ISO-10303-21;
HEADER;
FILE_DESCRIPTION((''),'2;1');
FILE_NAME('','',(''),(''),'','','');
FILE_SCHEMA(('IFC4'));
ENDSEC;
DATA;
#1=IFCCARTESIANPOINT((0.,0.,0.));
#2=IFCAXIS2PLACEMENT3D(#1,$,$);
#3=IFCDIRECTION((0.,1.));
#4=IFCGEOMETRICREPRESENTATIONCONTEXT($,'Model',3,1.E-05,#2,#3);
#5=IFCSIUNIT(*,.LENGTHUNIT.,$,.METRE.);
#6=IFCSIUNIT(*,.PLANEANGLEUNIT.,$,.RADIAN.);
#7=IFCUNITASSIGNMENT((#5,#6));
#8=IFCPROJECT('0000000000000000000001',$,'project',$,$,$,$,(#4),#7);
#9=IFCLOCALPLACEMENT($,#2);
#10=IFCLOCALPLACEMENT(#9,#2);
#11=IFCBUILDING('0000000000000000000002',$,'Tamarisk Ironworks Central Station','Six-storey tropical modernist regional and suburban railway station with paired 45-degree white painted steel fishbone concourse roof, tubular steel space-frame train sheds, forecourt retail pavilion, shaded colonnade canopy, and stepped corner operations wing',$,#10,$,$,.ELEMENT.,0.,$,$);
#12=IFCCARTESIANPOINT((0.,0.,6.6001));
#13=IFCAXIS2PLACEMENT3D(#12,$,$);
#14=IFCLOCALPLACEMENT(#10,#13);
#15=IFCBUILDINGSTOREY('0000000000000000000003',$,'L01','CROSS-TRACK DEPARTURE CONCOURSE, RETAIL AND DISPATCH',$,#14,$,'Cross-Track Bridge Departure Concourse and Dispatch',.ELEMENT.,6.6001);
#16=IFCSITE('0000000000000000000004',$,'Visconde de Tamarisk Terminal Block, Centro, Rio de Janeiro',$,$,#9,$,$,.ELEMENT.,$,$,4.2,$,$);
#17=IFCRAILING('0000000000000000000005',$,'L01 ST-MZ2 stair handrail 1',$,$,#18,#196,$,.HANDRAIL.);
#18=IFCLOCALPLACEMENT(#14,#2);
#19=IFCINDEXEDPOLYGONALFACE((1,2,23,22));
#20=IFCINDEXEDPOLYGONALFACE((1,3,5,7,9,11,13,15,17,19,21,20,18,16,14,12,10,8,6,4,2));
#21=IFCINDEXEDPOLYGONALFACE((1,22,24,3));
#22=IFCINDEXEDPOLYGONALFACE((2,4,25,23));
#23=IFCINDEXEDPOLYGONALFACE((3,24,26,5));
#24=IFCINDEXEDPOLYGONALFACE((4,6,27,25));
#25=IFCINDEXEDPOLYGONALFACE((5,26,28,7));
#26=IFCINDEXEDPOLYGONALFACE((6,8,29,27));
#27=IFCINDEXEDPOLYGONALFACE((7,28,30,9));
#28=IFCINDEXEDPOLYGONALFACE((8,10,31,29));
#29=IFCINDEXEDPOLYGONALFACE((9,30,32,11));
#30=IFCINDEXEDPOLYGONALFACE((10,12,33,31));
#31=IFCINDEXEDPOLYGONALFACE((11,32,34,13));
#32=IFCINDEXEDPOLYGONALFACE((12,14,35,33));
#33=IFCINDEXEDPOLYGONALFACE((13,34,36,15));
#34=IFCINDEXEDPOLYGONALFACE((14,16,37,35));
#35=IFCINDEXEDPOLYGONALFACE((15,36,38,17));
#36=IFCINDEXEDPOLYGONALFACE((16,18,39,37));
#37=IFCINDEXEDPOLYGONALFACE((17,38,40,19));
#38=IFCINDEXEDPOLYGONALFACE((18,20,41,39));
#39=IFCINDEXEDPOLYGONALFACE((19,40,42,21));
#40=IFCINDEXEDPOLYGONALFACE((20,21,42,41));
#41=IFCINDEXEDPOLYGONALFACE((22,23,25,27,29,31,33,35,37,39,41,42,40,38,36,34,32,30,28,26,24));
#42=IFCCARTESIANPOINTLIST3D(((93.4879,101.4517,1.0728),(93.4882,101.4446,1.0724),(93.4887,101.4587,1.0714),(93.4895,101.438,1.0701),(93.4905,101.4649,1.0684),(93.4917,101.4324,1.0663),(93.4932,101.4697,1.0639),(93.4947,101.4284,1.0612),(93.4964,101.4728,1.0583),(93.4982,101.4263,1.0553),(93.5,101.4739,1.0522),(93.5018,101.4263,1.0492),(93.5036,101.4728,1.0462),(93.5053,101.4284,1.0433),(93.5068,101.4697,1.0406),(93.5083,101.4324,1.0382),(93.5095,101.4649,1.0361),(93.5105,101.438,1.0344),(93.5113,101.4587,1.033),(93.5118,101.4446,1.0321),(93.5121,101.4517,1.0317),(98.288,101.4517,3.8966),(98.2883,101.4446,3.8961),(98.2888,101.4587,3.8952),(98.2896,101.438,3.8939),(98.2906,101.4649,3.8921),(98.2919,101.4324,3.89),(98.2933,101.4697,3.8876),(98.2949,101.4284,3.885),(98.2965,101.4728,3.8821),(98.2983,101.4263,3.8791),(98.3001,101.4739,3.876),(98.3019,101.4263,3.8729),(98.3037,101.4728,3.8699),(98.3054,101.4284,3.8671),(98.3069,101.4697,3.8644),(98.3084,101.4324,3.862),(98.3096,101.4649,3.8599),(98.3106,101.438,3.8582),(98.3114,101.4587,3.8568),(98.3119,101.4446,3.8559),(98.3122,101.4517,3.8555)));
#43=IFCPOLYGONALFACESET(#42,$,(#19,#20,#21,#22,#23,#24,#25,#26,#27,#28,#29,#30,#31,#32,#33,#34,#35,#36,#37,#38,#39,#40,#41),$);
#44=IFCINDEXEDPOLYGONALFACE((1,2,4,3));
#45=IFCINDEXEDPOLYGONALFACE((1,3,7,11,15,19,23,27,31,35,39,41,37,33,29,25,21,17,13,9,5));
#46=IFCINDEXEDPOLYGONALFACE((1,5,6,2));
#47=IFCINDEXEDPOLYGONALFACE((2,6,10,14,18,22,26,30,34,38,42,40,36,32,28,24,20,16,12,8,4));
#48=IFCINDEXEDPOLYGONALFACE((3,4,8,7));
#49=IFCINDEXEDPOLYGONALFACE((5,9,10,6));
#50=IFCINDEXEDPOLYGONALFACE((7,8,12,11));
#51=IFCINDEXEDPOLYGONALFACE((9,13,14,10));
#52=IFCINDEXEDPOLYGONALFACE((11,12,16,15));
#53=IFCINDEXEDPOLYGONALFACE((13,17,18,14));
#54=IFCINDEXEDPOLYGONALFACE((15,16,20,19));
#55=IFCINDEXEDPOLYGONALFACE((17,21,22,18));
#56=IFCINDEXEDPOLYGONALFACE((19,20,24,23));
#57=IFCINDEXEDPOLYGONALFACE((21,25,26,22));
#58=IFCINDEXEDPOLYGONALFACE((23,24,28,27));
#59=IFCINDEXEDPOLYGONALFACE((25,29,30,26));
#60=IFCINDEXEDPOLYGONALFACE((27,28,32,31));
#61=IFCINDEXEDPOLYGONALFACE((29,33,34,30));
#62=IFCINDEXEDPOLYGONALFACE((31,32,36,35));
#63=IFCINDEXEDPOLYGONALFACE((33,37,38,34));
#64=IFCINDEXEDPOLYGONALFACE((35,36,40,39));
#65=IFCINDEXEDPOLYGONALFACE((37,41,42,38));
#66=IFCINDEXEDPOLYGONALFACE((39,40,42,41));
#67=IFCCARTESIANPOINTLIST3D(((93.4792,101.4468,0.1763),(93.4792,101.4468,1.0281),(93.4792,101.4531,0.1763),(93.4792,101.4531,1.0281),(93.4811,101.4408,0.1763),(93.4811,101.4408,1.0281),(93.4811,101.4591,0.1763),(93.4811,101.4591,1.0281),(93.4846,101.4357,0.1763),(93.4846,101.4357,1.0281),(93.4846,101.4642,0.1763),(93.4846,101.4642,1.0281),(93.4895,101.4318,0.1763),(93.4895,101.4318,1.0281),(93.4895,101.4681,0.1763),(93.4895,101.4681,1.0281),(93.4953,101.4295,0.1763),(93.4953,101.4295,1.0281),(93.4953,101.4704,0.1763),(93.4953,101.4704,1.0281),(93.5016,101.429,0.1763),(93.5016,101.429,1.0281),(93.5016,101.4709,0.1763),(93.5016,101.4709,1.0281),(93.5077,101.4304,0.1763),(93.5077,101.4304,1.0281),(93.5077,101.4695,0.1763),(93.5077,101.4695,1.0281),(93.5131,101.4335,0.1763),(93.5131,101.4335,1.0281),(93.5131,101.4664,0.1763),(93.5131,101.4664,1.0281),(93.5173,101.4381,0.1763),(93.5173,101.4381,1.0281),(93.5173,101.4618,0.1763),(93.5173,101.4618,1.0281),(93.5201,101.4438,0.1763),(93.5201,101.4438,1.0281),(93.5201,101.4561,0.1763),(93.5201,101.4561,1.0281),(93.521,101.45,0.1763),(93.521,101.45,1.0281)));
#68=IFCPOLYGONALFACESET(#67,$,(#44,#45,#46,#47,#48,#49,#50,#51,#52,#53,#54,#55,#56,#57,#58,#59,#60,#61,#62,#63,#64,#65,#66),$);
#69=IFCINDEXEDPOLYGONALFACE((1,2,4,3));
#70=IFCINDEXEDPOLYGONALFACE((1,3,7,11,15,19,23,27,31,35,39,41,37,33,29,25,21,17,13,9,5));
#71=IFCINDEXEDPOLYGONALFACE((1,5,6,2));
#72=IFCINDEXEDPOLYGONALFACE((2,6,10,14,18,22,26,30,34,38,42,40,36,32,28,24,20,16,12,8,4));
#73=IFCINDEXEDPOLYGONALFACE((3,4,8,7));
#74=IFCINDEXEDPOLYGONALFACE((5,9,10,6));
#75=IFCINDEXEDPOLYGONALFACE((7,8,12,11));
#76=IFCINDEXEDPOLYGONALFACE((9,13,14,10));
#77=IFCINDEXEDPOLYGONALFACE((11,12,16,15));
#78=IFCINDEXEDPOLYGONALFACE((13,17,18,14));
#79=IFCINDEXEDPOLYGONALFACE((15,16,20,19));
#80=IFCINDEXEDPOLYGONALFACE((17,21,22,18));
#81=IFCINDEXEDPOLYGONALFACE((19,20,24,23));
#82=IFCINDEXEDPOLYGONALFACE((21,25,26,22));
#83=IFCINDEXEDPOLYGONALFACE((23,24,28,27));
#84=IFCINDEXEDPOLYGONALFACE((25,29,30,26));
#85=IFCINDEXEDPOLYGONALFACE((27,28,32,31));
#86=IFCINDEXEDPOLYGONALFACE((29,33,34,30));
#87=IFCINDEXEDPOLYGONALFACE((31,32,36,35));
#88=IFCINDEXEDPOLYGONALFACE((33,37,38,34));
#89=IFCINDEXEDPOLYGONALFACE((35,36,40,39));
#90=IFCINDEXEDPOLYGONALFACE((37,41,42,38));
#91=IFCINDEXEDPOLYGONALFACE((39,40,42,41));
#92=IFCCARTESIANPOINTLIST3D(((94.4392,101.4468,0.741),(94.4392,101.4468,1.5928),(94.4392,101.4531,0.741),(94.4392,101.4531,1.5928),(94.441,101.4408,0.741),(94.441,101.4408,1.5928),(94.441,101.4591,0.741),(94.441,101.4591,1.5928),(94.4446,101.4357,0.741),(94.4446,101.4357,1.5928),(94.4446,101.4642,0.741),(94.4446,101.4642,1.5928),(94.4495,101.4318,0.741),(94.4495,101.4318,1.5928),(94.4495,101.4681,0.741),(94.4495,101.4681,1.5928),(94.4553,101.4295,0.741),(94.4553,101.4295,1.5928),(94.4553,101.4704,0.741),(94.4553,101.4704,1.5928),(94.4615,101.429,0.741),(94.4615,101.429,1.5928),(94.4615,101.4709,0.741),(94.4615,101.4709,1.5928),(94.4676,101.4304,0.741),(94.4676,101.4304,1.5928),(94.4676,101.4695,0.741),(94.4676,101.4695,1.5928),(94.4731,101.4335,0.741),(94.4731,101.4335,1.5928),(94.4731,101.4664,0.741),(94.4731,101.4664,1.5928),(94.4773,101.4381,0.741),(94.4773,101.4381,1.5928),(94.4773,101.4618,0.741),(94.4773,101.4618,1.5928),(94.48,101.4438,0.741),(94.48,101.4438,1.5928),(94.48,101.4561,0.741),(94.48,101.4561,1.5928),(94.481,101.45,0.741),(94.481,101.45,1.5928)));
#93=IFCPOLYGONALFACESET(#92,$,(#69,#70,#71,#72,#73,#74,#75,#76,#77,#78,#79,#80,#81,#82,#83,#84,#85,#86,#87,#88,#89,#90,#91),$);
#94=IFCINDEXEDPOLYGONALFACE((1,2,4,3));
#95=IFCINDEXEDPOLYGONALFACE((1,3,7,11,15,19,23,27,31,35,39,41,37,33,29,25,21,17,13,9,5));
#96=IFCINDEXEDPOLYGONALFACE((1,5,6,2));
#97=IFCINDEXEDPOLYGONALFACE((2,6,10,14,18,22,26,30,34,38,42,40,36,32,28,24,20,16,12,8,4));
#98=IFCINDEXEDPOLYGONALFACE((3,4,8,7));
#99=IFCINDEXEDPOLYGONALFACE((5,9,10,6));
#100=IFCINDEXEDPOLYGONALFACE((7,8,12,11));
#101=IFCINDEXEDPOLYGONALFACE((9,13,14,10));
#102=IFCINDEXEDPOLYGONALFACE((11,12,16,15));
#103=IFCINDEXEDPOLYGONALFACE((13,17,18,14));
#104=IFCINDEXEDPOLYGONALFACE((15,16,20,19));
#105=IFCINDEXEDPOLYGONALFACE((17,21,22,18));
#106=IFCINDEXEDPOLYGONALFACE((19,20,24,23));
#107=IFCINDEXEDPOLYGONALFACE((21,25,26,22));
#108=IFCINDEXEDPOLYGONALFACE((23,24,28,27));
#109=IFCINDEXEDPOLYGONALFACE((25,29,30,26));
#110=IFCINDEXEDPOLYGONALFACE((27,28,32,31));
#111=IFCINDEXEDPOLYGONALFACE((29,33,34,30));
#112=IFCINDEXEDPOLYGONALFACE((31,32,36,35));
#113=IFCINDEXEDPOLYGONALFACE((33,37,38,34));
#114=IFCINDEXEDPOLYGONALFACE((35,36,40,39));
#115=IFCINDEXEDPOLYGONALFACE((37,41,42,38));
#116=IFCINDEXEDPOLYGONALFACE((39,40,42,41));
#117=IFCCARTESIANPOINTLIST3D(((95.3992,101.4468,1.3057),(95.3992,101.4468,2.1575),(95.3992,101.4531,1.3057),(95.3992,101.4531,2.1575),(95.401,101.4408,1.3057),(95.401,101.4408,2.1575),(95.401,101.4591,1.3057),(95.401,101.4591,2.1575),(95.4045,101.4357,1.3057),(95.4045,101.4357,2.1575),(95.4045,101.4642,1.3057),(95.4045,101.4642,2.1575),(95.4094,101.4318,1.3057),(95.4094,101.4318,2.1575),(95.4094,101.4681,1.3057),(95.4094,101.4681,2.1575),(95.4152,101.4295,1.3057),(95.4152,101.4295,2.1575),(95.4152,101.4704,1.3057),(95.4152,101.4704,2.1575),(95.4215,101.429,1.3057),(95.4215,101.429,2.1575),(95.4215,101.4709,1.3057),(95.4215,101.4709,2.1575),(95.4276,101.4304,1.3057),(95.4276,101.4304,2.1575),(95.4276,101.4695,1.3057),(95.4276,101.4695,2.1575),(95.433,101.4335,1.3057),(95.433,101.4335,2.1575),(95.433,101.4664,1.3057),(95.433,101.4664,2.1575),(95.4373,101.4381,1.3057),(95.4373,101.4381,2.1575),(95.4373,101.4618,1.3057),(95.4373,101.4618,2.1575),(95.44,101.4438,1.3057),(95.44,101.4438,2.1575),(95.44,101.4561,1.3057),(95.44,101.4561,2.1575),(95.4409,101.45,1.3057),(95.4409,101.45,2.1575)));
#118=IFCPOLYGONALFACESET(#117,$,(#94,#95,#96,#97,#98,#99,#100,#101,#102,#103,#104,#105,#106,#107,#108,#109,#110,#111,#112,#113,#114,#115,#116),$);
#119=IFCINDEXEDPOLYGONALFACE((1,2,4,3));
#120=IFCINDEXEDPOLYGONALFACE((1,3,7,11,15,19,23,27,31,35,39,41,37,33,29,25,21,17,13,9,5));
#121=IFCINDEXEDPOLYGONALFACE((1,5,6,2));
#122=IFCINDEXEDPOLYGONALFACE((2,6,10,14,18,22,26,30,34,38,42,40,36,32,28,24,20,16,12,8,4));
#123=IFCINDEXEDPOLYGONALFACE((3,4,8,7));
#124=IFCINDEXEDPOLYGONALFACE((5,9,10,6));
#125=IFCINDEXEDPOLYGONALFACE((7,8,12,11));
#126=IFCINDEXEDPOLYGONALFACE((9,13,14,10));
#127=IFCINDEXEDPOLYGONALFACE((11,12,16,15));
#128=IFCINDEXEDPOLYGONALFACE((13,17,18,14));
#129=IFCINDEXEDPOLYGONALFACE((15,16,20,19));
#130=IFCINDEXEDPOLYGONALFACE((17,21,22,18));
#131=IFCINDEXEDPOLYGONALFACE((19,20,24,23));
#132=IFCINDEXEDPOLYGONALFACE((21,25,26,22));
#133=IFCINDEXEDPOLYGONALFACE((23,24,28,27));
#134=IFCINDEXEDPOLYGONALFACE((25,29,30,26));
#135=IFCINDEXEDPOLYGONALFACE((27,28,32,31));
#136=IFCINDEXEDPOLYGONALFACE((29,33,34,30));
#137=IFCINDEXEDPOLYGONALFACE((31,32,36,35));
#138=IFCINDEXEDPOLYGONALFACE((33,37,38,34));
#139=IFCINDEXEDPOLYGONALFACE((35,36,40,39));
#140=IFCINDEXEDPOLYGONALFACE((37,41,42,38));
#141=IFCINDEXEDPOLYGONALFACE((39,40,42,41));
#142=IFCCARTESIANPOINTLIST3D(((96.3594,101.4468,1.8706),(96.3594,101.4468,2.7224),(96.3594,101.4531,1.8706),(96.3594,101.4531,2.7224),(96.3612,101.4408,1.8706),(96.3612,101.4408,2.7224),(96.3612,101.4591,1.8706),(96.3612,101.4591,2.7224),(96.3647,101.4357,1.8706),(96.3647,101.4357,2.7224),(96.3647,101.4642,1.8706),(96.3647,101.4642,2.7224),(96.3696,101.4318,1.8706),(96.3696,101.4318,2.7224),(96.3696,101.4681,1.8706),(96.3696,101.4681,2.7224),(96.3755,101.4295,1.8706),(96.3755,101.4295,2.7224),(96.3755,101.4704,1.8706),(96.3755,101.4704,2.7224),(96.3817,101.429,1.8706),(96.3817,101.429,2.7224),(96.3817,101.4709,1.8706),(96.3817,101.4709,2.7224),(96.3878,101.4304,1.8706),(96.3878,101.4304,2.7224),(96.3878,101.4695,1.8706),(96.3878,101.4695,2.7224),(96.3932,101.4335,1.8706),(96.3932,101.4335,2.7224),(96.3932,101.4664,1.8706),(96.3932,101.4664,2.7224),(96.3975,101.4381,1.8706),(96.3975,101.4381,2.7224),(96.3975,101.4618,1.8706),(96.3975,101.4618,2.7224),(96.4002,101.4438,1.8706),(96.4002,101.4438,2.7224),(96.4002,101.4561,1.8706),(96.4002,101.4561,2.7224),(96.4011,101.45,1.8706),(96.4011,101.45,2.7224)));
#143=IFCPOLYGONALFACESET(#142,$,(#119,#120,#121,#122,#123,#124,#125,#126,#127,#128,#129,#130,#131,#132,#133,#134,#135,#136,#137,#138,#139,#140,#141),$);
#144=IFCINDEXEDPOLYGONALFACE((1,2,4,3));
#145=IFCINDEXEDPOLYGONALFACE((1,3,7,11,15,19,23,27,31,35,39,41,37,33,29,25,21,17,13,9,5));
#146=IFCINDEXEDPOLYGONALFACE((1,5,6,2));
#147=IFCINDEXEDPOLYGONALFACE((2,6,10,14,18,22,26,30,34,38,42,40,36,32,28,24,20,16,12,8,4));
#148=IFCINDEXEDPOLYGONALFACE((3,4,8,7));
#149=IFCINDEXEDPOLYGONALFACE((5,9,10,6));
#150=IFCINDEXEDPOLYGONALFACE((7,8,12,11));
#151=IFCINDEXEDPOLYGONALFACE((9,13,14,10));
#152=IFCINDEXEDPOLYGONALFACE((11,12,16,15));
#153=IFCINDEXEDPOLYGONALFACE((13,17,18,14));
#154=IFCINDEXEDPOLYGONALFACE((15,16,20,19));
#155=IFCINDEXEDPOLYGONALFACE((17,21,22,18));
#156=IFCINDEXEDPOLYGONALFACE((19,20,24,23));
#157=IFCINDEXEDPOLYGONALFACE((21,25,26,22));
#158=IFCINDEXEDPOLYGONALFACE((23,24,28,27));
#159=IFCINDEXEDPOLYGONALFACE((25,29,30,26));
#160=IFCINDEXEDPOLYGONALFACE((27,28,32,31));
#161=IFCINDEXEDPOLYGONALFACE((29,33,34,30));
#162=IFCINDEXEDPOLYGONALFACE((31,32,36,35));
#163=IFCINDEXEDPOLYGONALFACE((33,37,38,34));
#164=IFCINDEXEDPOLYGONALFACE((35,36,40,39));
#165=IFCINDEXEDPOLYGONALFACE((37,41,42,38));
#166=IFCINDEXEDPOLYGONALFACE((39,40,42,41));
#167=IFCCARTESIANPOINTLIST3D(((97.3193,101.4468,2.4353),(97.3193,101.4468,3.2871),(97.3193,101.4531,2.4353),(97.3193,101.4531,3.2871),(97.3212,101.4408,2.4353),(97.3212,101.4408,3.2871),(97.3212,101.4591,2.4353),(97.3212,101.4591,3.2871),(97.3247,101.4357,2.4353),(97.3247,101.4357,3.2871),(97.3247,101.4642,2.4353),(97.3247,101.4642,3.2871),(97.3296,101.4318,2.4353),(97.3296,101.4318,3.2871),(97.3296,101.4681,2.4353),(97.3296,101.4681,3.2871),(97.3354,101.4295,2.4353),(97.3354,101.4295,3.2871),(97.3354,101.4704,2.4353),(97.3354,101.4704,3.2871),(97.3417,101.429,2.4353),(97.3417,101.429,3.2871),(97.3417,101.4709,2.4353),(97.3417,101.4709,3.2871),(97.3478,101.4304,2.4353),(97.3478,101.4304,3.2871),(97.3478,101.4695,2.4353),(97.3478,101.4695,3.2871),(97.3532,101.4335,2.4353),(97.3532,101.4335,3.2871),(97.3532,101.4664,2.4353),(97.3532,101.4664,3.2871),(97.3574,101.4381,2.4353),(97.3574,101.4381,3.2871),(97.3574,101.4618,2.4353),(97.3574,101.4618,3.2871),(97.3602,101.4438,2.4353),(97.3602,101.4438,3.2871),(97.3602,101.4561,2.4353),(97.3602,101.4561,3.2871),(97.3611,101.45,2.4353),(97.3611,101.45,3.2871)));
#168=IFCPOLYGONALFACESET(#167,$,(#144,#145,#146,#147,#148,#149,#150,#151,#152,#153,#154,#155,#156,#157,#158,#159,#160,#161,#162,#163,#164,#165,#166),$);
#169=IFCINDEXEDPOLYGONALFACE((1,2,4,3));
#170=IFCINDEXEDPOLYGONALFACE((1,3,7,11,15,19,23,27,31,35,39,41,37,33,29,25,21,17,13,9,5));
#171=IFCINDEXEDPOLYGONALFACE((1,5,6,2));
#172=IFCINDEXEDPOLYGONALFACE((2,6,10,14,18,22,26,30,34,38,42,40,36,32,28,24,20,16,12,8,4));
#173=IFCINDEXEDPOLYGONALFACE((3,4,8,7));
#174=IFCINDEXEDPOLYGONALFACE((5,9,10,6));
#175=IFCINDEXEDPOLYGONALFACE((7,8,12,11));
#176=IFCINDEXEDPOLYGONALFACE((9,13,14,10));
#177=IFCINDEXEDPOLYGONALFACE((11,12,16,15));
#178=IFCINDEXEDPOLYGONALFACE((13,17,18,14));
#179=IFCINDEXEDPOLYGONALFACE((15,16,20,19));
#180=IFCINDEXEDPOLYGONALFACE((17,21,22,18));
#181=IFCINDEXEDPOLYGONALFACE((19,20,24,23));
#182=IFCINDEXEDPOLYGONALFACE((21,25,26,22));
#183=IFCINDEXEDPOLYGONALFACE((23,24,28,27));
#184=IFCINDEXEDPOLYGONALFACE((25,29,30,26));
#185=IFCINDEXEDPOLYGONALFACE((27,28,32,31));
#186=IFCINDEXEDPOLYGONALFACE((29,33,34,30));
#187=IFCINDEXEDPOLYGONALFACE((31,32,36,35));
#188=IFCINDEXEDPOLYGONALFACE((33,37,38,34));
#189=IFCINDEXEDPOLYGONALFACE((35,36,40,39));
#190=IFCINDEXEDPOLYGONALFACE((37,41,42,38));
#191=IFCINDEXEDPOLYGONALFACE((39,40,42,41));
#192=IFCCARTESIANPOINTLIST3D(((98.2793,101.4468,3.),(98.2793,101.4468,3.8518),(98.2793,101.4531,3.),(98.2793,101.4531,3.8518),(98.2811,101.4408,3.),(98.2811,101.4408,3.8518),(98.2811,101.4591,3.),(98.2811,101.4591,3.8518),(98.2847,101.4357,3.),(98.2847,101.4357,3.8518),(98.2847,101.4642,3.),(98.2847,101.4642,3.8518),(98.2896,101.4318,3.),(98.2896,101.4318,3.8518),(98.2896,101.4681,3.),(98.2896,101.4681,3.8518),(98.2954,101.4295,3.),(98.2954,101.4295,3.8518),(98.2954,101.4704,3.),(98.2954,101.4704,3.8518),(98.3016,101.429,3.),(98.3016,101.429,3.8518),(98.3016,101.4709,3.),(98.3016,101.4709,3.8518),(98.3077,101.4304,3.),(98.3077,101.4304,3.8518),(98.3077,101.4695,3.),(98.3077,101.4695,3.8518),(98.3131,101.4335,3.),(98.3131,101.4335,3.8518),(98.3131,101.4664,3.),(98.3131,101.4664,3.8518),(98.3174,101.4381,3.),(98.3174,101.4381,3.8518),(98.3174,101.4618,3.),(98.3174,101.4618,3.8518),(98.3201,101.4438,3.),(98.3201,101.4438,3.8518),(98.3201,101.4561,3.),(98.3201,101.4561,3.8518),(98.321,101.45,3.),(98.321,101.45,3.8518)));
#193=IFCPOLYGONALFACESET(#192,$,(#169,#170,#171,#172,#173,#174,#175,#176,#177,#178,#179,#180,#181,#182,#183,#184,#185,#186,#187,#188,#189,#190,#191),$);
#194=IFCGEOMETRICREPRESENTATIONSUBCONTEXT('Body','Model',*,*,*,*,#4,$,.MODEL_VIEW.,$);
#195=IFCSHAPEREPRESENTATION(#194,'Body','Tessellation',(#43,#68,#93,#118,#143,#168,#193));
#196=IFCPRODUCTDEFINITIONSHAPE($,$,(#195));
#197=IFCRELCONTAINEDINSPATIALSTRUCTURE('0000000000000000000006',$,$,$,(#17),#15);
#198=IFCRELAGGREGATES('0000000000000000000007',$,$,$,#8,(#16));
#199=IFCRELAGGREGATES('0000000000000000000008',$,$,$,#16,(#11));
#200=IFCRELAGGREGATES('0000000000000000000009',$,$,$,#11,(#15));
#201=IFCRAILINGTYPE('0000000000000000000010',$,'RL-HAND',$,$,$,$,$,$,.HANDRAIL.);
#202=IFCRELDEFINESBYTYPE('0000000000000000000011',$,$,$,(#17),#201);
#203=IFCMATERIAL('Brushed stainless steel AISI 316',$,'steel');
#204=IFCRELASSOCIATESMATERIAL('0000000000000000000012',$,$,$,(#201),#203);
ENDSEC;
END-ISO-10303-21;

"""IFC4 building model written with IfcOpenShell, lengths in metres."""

from ifc_helpers import new_model, si_unit, direction, frame, origin, origin_2d, place, context, subcontext, project, spatial, circle, extrude, material, type_object, element, save


model = new_model("IFC4")

# Units and contexts
model_context = context("Model", 3, precision=1e-05, world=origin(), true_north=direction((0.0, 1.0)))
body_context = subcontext(model_context, "Body", "Model", "MODEL_VIEW")
ifc_project = project(units=[si_unit("LENGTHUNIT", "METRE"), si_unit("PLANEANGLEUNIT", "RADIAN")], contexts=[model_context])

# Site, building, storey
site_placement = place(None, origin())
site = spatial("IfcSite", under=ifc_project, at=site_placement, Name="Visconde de Tamarisk Terminal Block, Centro, Rio de Janeiro", CompositionType="ELEMENT", RefElevation=4.2)
building_placement = place(site_placement, origin())
building = spatial("IfcBuilding", under=site, at=building_placement, Name="Tamarisk Ironworks Central Station", Description="Six-storey tropical modernist regional and suburban railway station with paired 45-degree white painted steel fishbone concourse roof, tubular steel space-frame train sheds, forecourt retail pavilion, shaded colonnade canopy, and stepped corner operations wing", CompositionType="ELEMENT", ElevationOfRefHeight=0.0)
storey_placement = place(building_placement, frame((0.0, 0.0, 6.6001)))
storey = spatial("IfcBuildingStorey", under=building, at=storey_placement, Name="L01", Description="CROSS-TRACK DEPARTURE CONCOURSE, RETAIL AND DISPATCH", LongName="Cross-Track Bridge Departure Concourse and Dispatch", CompositionType="ELEMENT", Elevation=6.6001)

# Railing
ifc_material_1 = material(Name="Brushed stainless steel AISI 316", Category="steel")
railing_type_1 = type_object("IfcRailingType", Name="RL-HAND", PredefinedType="HANDRAIL", material=ifc_material_1)
railing_1_placement = place(storey_placement, frame((93.5, 101.45, 0.1763)))
element("IfcRailing", 1, at=railing_1_placement, inside=storey, type_object=railing_type_1, Name="L01 ST-MZ2 stair handrail 1", PredefinedType="HANDRAIL", context=body_context, shape_type="SweptSolid", body=[
    extrude(circle(Radius=0.0239, at=origin_2d()), frame((0.0, 0.0, 0.876), z_axis=(0.861921, 0.0, 0.507043), x_axis=(0.0, 1.0, 0.0)), (0.0, 0.0, 1.0), 5.5691),
    extrude(circle(Radius=0.021, at=origin_2d()), origin(), (0.0, 0.0, 1.0), 0.8518),
    extrude(circle(Radius=0.021, at=origin_2d()), frame((0.96, 0.0, 0.5647)), (0.0, 0.0, 1.0), 0.8518),
    extrude(circle(Radius=0.021, at=origin_2d()), frame((1.9199, 0.0, 1.1294)), (0.0, 0.0, 1.0), 0.8518),
    extrude(circle(Radius=0.021, at=origin_2d()), frame((2.8801, 0.0, 1.6943)), (0.0, 0.0, 1.0), 0.8518),
    extrude(circle(Radius=0.021, at=origin_2d()), frame((3.8401, 0.0, 2.259)), (0.0, 0.0, 1.0), 0.8518),
    extrude(circle(Radius=0.021, at=origin_2d()), frame((4.8, 0.0, 2.8237)), (0.0, 0.0, 1.0), 0.8518),
])

save(model, "model.ifc")
